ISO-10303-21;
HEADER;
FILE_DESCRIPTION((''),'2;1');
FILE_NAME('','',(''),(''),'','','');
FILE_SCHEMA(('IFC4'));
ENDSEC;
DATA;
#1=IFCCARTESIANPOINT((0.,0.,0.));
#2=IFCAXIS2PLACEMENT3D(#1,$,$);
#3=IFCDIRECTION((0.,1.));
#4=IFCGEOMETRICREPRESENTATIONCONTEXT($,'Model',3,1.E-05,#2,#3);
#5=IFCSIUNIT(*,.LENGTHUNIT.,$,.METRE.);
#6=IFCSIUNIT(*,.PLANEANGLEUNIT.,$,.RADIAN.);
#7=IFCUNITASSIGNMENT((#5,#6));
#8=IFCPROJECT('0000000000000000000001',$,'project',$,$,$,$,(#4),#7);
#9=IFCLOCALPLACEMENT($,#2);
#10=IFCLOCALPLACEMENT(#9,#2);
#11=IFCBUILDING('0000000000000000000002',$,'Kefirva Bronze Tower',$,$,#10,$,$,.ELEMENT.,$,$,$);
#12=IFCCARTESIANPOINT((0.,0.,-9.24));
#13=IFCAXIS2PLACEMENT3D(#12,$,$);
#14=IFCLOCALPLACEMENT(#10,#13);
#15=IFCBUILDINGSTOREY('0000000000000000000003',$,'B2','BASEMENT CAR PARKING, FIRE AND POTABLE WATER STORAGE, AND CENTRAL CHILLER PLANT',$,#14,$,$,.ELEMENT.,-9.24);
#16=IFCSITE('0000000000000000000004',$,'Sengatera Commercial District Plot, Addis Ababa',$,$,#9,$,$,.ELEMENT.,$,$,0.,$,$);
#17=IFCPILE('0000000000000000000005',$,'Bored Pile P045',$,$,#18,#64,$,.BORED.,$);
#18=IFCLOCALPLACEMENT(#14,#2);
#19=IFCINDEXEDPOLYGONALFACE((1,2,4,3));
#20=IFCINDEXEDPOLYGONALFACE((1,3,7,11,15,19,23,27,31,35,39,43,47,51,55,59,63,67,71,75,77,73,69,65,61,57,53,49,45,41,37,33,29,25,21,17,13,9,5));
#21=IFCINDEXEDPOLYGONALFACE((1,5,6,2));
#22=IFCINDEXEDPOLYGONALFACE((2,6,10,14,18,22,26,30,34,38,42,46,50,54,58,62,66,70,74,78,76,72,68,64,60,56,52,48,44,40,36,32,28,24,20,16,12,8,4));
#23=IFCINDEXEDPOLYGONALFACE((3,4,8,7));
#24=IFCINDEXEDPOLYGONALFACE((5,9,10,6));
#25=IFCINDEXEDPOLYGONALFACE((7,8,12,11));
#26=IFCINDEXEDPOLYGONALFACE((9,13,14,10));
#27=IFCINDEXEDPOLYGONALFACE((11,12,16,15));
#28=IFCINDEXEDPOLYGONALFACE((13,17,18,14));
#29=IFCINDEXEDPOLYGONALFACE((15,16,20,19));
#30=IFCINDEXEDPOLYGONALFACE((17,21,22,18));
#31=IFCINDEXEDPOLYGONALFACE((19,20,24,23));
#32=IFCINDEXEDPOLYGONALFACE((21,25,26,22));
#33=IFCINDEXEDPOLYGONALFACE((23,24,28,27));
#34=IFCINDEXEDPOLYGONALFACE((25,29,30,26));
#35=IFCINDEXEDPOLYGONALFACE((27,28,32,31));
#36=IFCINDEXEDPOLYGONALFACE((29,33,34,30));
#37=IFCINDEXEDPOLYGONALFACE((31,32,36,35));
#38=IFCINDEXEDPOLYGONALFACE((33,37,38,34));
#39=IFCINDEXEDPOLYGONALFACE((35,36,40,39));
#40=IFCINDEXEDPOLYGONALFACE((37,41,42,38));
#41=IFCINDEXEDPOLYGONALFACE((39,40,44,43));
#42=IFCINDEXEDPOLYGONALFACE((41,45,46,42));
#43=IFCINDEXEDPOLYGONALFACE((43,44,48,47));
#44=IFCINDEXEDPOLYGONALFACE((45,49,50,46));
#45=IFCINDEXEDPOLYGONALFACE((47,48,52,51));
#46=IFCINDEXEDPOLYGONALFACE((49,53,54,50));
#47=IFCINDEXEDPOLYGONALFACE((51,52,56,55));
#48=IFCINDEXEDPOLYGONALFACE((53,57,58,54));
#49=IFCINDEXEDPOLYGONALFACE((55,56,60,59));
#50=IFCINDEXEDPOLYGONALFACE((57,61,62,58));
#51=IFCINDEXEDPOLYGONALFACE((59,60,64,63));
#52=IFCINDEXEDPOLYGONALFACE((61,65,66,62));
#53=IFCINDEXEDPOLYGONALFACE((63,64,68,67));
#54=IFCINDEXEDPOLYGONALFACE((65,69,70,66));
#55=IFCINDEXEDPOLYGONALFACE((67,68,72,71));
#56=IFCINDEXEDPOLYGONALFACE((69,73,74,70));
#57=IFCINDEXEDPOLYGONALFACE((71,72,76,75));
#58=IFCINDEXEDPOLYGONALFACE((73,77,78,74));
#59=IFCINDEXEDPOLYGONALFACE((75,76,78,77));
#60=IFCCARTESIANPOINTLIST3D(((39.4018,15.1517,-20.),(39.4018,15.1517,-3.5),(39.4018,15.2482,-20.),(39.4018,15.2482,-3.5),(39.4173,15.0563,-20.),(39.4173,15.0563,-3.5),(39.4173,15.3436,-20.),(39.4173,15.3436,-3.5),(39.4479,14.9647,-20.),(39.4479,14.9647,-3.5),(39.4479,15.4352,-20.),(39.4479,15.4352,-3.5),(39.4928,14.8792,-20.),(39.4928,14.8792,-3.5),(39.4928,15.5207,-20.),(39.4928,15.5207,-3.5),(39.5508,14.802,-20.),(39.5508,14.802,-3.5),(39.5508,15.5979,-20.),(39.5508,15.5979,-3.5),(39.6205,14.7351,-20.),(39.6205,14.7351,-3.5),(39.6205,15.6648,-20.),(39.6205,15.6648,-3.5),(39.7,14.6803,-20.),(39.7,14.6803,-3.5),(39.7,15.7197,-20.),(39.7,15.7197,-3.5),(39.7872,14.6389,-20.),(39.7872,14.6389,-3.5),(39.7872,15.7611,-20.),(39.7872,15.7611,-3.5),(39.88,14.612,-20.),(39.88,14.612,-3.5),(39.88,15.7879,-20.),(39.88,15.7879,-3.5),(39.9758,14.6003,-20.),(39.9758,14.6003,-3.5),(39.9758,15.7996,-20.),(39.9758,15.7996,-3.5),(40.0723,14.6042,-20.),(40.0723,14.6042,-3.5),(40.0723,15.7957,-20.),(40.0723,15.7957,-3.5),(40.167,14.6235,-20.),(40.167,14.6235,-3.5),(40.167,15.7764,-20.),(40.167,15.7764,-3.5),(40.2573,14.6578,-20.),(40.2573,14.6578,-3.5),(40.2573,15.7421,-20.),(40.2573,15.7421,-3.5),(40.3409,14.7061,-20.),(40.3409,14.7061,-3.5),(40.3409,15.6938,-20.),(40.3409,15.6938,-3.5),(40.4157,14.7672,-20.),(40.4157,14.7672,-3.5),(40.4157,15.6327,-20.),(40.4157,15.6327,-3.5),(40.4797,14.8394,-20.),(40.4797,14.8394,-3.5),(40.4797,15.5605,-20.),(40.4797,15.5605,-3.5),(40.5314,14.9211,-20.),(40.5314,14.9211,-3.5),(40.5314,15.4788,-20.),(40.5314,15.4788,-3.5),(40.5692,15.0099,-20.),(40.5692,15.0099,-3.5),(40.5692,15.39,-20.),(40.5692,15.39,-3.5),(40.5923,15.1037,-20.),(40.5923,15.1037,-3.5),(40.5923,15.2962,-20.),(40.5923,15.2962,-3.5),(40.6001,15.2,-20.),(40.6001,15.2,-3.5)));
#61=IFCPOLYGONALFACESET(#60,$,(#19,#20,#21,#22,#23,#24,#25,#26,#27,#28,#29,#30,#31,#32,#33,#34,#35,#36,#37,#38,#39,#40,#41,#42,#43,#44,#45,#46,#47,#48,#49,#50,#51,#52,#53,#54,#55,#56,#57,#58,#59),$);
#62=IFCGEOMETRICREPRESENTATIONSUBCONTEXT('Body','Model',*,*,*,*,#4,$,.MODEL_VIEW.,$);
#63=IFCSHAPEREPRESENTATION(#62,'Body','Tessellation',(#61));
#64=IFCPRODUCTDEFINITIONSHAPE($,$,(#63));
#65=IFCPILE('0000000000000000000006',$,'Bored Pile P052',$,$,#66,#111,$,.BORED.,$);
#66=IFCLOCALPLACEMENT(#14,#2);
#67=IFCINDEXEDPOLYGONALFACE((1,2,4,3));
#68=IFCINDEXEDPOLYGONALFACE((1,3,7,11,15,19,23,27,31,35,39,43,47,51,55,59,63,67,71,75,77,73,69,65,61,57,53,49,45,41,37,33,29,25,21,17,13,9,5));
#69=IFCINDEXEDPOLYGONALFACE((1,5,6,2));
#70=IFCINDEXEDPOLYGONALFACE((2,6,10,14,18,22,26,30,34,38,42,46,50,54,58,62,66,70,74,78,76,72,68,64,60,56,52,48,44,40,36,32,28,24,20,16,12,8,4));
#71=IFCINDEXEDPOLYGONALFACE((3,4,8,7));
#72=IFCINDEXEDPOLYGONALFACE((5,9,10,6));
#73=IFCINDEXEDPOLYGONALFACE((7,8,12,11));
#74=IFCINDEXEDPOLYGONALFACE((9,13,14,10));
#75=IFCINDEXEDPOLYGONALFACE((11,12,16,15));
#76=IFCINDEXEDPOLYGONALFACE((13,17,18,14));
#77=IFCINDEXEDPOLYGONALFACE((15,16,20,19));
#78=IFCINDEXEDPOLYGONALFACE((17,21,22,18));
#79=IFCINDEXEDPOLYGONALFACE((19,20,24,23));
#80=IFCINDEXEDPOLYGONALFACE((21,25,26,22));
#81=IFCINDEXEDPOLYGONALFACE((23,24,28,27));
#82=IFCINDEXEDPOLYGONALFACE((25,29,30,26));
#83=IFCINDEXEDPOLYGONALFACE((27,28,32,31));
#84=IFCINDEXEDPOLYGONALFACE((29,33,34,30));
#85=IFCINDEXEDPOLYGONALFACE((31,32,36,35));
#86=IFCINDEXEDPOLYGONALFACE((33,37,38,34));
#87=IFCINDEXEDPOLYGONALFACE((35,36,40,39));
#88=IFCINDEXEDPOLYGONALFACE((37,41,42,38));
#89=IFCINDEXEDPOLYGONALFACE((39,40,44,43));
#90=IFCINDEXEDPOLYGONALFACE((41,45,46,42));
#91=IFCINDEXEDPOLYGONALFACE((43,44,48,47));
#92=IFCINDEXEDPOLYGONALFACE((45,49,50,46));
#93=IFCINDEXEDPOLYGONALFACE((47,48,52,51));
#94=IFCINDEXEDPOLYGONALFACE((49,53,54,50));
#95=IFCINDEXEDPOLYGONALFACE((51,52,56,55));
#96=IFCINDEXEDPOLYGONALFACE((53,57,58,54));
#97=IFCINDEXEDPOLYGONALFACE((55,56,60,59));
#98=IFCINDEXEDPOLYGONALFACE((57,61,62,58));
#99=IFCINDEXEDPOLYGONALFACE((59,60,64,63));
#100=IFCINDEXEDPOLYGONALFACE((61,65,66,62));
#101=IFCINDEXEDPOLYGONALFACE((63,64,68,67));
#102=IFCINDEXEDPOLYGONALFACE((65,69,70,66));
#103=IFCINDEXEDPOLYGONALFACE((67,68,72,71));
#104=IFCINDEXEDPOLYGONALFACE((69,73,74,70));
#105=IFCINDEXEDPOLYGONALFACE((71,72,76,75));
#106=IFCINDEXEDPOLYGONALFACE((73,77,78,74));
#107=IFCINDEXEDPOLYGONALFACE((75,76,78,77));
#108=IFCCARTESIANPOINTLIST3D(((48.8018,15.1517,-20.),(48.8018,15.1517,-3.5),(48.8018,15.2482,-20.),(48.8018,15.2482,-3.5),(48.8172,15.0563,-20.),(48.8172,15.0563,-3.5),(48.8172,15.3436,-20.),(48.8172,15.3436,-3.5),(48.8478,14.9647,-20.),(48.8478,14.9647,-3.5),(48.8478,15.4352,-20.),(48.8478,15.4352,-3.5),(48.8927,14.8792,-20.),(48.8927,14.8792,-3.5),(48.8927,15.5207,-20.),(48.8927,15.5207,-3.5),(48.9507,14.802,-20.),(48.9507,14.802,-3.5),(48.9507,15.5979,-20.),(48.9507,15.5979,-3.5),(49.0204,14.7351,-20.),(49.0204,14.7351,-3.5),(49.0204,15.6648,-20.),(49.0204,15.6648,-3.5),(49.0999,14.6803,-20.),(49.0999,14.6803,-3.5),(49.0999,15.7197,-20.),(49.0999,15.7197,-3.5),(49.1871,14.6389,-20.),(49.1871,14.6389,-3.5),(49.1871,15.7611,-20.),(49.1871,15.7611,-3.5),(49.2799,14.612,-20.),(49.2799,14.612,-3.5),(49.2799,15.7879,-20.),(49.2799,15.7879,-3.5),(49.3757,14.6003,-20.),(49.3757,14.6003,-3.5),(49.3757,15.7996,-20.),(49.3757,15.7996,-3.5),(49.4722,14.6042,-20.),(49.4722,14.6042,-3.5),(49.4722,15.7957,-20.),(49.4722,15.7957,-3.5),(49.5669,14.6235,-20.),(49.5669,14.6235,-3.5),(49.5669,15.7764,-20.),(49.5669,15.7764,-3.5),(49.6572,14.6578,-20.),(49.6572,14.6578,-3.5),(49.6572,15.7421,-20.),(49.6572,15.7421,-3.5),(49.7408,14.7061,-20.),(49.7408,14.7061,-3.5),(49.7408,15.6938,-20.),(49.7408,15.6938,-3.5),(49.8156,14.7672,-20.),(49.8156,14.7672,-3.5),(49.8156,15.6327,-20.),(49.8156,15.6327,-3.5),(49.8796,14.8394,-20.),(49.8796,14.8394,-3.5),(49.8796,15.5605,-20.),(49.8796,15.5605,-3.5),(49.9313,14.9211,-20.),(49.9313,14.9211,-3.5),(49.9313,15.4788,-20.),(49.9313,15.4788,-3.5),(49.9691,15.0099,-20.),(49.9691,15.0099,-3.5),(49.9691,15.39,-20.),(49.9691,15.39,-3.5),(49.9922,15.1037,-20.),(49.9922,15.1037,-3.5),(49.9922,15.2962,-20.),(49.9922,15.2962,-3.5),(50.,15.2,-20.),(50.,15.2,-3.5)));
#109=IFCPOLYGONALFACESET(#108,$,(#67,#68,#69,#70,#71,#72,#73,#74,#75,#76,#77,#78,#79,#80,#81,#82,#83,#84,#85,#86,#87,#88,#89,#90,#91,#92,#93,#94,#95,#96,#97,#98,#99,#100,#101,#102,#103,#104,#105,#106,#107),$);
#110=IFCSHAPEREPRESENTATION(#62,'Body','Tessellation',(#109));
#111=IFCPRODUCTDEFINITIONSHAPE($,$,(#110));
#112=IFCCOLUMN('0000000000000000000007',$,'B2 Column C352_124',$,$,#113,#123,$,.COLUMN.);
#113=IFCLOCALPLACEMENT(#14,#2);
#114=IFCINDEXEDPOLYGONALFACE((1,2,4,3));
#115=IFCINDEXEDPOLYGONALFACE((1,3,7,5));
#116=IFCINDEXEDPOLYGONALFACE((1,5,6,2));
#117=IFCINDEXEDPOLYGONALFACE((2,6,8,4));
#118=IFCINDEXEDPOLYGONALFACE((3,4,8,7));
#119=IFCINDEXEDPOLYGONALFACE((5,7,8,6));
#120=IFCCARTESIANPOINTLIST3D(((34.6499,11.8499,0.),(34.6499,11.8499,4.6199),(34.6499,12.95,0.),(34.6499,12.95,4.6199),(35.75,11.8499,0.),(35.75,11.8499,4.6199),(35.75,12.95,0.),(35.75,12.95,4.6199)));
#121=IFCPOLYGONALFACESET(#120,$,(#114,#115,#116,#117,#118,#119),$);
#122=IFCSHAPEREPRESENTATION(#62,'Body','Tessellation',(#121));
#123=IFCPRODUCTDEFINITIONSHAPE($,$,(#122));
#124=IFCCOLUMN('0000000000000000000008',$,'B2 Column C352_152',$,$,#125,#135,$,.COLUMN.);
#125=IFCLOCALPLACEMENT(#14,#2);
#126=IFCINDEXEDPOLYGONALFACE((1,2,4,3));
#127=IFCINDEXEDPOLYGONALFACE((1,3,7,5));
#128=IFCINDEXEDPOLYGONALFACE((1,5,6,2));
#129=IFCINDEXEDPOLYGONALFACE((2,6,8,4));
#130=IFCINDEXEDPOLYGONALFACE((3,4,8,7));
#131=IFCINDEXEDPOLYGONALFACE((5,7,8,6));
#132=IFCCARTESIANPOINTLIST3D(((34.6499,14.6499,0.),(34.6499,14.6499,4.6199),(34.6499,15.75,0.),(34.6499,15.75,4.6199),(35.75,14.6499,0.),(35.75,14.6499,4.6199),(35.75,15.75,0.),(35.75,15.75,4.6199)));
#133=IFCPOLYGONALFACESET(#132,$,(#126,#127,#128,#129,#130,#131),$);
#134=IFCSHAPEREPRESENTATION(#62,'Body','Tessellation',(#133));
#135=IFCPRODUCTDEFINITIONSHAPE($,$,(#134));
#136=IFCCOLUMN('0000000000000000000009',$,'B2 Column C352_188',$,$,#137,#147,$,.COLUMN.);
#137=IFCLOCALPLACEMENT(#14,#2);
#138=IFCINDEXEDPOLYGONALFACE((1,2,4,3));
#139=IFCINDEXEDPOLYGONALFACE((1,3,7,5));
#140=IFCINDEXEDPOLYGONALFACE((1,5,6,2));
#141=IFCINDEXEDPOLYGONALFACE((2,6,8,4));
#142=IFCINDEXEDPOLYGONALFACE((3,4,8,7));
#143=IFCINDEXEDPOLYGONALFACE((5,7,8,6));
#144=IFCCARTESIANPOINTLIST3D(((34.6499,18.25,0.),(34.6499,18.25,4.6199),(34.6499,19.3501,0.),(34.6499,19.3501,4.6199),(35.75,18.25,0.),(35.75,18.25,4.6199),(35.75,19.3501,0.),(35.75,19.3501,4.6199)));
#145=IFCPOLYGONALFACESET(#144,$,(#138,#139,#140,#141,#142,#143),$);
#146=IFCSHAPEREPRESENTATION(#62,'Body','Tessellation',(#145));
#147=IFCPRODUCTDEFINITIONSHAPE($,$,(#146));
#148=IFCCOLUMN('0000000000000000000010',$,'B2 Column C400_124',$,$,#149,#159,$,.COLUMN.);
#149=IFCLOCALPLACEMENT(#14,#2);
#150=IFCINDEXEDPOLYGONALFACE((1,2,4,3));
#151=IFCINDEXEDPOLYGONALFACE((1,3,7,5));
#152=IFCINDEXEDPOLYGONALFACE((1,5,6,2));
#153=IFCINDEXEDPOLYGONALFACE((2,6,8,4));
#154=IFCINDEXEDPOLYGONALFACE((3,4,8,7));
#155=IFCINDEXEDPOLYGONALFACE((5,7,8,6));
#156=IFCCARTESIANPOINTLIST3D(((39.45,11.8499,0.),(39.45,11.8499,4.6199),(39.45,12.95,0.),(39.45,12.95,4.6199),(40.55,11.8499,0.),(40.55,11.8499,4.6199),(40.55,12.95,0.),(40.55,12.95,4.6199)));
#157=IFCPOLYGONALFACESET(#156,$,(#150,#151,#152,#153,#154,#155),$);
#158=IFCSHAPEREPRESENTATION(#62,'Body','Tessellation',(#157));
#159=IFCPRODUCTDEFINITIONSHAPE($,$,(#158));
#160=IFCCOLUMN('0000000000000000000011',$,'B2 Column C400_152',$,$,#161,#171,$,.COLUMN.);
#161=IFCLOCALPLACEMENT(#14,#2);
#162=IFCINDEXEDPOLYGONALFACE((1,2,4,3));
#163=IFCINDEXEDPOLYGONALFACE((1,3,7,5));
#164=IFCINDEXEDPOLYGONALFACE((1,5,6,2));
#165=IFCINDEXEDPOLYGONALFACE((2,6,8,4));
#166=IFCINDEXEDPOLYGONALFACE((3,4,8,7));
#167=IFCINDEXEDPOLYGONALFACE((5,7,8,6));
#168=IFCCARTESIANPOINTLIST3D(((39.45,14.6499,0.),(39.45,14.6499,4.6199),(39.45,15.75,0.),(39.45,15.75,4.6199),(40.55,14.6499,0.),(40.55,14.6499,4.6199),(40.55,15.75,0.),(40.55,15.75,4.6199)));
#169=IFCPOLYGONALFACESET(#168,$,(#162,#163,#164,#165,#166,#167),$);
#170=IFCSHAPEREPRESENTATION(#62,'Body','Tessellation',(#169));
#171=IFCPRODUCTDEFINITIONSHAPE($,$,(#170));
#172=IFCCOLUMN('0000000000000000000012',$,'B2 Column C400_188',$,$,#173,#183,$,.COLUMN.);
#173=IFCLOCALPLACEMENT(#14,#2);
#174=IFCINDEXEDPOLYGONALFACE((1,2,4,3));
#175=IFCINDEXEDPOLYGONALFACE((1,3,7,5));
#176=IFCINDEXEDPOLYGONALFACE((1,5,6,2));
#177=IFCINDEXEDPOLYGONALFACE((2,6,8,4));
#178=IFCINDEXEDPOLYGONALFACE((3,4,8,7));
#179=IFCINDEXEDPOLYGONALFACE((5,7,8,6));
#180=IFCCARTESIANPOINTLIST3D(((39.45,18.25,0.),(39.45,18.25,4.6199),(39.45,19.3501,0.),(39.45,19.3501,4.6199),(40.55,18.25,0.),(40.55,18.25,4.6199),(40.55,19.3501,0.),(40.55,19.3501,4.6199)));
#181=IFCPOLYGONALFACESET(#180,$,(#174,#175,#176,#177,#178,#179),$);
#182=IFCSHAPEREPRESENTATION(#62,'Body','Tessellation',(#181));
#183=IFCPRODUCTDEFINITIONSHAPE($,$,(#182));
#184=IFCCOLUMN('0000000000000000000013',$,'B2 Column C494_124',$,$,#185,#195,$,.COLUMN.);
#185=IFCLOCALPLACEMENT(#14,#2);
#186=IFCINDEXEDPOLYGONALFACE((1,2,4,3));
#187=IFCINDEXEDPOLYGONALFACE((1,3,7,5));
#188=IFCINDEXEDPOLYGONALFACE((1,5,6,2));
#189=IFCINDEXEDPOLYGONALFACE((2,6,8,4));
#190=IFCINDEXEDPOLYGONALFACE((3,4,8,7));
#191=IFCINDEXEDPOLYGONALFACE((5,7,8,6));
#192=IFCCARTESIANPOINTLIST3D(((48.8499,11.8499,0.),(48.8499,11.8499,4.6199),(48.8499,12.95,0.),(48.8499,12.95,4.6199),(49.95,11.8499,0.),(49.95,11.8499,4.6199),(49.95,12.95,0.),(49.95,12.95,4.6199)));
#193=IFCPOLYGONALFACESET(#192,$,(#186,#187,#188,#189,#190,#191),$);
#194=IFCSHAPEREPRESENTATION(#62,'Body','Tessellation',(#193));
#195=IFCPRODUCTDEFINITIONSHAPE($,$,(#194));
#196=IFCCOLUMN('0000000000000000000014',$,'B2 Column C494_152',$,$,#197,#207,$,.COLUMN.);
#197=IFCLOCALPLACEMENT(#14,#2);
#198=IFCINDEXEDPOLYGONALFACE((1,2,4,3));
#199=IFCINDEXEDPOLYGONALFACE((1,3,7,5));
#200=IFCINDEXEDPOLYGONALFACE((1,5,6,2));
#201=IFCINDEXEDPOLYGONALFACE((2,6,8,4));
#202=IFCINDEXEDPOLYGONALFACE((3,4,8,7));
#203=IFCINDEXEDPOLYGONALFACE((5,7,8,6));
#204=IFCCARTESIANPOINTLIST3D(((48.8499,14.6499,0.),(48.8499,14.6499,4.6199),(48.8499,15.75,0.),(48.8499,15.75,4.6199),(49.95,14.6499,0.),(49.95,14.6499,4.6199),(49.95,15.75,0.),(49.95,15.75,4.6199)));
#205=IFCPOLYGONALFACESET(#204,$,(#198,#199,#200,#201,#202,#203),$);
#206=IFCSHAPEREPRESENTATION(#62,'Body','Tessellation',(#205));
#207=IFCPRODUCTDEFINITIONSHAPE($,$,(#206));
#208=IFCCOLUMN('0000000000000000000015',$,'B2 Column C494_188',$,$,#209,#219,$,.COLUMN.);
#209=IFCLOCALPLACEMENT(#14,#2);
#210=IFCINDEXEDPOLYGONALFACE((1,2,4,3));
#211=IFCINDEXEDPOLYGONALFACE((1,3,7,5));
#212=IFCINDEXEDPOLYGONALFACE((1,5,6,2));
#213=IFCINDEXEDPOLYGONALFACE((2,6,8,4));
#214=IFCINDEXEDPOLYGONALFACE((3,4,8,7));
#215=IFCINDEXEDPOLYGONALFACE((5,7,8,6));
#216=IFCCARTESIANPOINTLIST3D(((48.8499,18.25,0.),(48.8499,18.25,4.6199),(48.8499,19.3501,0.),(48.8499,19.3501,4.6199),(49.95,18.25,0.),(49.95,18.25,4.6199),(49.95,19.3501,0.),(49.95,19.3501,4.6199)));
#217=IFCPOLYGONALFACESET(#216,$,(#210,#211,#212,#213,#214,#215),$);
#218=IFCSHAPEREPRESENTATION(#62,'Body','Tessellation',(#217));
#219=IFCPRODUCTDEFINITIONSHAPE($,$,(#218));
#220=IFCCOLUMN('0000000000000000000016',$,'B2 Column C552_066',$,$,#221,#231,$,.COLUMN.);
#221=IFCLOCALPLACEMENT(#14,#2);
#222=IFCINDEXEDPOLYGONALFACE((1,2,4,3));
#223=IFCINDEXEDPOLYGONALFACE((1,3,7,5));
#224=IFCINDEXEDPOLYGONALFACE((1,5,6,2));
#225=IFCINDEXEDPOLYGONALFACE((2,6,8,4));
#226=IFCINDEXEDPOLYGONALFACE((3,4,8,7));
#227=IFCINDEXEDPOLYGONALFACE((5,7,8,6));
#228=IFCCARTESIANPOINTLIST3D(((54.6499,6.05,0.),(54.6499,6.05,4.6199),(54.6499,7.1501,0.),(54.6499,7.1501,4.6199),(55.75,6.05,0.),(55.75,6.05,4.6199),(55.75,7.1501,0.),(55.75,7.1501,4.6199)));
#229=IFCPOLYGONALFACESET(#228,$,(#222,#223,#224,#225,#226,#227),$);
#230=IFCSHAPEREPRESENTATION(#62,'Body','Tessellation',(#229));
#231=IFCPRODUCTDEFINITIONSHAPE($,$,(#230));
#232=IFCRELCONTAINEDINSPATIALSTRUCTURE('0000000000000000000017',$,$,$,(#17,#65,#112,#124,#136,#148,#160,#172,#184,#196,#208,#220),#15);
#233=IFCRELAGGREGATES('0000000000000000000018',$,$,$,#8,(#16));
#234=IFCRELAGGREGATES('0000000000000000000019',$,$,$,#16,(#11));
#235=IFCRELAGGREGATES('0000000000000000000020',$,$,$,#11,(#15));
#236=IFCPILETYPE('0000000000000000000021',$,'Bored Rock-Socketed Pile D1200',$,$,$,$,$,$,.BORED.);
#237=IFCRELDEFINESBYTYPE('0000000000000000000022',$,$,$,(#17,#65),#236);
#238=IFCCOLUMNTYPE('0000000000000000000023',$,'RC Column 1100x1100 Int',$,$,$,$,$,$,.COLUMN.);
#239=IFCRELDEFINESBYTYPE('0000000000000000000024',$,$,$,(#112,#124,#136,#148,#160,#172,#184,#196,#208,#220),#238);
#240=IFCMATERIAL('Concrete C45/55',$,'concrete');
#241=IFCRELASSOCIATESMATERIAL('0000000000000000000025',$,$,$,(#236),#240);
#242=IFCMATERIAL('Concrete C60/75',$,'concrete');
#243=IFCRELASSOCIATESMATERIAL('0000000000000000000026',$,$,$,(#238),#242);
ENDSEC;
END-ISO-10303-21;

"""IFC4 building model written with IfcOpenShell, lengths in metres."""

from ifc_helpers import new_model, si_unit, direction, frame, origin, origin_2d, place, context, subcontext, project, spatial, rectangle, circle, extrude, material, material_profile, profile_set, type_object, element, save


model = new_model("IFC4")

# Units and contexts
model_context = context("Model", 3, precision=1e-05, world=origin(), true_north=direction((0.0, 1.0)))
body_context = subcontext(model_context, "Body", "Model", "MODEL_VIEW")
ifc_project = project(units=[si_unit("LENGTHUNIT", "METRE"), si_unit("PLANEANGLEUNIT", "RADIAN")], contexts=[model_context])

# Site, building, storey
site_placement = place(None, origin())
site = spatial("IfcSite", under=ifc_project, at=site_placement, Name="Sengatera Commercial District Plot, Addis Ababa", CompositionType="ELEMENT", RefElevation=0.0)
building_placement = place(site_placement, origin())
building = spatial("IfcBuilding", under=site, at=building_placement, Name="Kefirva Bronze Tower", CompositionType="ELEMENT")
storey_placement = place(building_placement, frame((0.0, 0.0, -9.24)))
storey = spatial("IfcBuildingStorey", under=building, at=storey_placement, Name="B2", Description="BASEMENT CAR PARKING, FIRE AND POTABLE WATER STORAGE, AND CENTRAL CHILLER PLANT", CompositionType="ELEMENT", Elevation=-9.24)

# Piles
ifc_material_1 = material(Name="Concrete C45/55", Category="concrete")
ifc_material_profile_1 = material_profile(ifc_material_1, circle(Radius=0.6001, at=origin_2d()), Name="BORED PILE D1200")
ifc_profile_set_1 = profile_set([ifc_material_profile_1], Name="Concrete C45/55")
pile_type = type_object("IfcPileType", Name="Bored Rock-Socketed Pile D1200", PredefinedType="BORED", material=ifc_profile_set_1)
for number, where, z_axis, x_axis, name in (
    (1, (40.0, 15.2, -3.5), (0.0, 0.0, -1.0), (1.0, 0.0, 0.0), "Bored Pile P045"),
    (2, (49.3999, 15.2, -3.5), (0.0, 0.0, -1.0), (1.0, 0.0, 0.0), "Bored Pile P052"),
):
    element("IfcPile", number, at=place(storey_placement, frame(where, z_axis=z_axis, x_axis=x_axis)), inside=storey, type_object=pile_type, Name=name, PredefinedType="BORED", context=body_context, shape_type="SweptSolid", body=[
        extrude(circle(Radius=0.6001, at=origin_2d()), origin(), (0.0, 0.0, 1.0), 16.5),
    ])

# Columns
ifc_material_2 = material(Name="Concrete C60/75", Category="concrete")
ifc_material_profile_2 = material_profile(ifc_material_2, rectangle(XDim=1.1001, YDim=1.1001, at=origin_2d()), Name="RC 1100x1100")
ifc_profile_set_2 = profile_set([ifc_material_profile_2], Name="Concrete C60/75")
column_type = type_object("IfcColumnType", Name="RC Column 1100x1100 Int", PredefinedType="COLUMN", material=ifc_profile_set_2)
for number, where, z_axis, x_axis, name in (
    (3, (35.2, 12.3999, 0.0), (0.0, 0.0, 1.0), (1.0, 0.0, 0.0), "B2 Column C352_124"),
    (4, (35.2, 15.2, 0.0), (0.0, 0.0, 1.0), (1.0, 0.0, 0.0), "B2 Column C352_152"),
    (5, (35.2, 18.8, 0.0), (0.0, 0.0, 1.0), (1.0, 0.0, 0.0), "B2 Column C352_188"),
    (6, (40.0, 12.3999, 0.0), (0.0, 0.0, 1.0), (1.0, 0.0, 0.0), "B2 Column C400_124"),
    (7, (40.0, 15.2, 0.0), (0.0, 0.0, 1.0), (1.0, 0.0, 0.0), "B2 Column C400_152"),
    (8, (40.0, 18.8, 0.0), (0.0, 0.0, 1.0), (1.0, 0.0, 0.0), "B2 Column C400_188"),
    (9, (49.3999, 12.3999, 0.0), (0.0, 0.0, 1.0), (1.0, 0.0, 0.0), "B2 Column C494_124"),
    (10, (49.3999, 15.2, 0.0), (0.0, 0.0, 1.0), (1.0, 0.0, 0.0), "B2 Column C494_152"),
    (11, (49.3999, 18.8, 0.0), (0.0, 0.0, 1.0), (1.0, 0.0, 0.0), "B2 Column C494_188"),
    (12, (55.2, 6.6001, 0.0), (0.0, 0.0, 1.0), (1.0, 0.0, 0.0), "B2 Column C552_066"),
):
    element("IfcColumn", number, at=place(storey_placement, frame(where, z_axis=z_axis, x_axis=x_axis)), inside=storey, type_object=column_type, Name=name, PredefinedType="COLUMN", context=body_context, shape_type="SweptSolid", body=[
        extrude(rectangle(XDim=1.1001, YDim=1.1001, at=origin_2d()), origin(), (0.0, 0.0, 1.0), 4.6199),
    ])

save(model, "model.ifc")
